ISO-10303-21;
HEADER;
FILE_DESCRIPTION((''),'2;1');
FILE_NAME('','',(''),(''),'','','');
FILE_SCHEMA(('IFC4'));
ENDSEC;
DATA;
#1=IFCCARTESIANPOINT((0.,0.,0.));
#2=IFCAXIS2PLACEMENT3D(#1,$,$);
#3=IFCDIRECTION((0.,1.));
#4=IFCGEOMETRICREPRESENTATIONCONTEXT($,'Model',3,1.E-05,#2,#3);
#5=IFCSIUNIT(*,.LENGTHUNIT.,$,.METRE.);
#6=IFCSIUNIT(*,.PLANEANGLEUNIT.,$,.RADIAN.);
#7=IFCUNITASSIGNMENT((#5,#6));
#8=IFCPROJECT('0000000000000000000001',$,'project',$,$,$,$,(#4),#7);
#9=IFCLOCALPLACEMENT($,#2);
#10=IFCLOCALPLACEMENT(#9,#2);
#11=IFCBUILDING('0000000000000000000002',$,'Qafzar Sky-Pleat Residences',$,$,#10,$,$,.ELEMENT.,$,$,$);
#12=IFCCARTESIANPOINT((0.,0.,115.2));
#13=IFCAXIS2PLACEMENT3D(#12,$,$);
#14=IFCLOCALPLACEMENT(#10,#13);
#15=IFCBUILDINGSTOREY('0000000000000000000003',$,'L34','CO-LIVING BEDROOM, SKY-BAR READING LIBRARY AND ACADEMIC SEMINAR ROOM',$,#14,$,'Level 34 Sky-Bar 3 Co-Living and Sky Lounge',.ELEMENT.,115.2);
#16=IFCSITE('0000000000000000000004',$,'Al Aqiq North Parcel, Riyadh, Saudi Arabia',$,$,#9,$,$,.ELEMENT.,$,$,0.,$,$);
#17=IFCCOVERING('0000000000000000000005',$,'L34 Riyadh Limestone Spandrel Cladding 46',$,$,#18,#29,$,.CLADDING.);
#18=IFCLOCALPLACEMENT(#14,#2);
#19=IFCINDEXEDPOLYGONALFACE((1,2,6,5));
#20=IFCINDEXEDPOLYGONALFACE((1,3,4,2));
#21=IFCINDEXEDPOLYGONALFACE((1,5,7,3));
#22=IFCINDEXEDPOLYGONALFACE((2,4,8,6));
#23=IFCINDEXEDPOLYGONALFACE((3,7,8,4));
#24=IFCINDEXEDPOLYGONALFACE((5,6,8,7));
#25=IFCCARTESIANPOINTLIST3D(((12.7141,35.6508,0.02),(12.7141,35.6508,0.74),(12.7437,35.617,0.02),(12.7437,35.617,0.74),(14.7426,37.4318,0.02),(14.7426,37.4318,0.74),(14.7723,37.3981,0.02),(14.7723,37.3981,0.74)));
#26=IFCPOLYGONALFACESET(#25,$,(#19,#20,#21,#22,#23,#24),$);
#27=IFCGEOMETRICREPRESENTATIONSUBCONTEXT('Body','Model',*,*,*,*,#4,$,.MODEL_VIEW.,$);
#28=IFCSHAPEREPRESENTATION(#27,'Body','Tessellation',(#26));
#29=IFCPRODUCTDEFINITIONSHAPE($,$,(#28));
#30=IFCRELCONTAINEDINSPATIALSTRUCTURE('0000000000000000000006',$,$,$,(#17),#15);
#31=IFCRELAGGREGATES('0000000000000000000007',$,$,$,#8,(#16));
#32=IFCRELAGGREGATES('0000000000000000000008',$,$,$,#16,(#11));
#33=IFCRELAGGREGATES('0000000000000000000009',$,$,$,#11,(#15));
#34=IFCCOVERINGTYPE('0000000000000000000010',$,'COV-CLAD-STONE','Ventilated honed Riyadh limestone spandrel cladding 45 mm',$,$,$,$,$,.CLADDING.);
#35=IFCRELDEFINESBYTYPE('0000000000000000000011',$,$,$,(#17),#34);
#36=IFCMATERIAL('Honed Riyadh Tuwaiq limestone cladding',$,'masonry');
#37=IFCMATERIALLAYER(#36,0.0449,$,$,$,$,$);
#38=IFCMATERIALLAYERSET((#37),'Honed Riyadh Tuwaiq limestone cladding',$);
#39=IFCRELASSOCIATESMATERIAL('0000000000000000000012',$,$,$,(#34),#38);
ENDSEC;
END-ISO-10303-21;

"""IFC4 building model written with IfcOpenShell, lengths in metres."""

from ifc_helpers import new_model, si_unit, direction, frame, origin, origin_2d, place, context, subcontext, project, spatial, rectangle, extrude, source, transform, mapped, material, layer, layer_set, type_object, element, save


model = new_model("IFC4")

# Units and contexts
model_context = context("Model", 3, precision=1e-05, world=origin(), true_north=direction((0.0, 1.0)))
body_context = subcontext(model_context, "Body", "Model", "MODEL_VIEW")
ifc_project = project(units=[si_unit("LENGTHUNIT", "METRE"), si_unit("PLANEANGLEUNIT", "RADIAN")], contexts=[model_context])

# Site, building, storey
site_placement = place(None, origin())
site = spatial("IfcSite", under=ifc_project, at=site_placement, Name="Al Aqiq North Parcel, Riyadh, Saudi Arabia", CompositionType="ELEMENT", RefElevation=0.0)
building_placement = place(site_placement, origin())
building = spatial("IfcBuilding", under=site, at=building_placement, Name="Qafzar Sky-Pleat Residences", CompositionType="ELEMENT")
storey_placement = place(building_placement, frame((0.0, 0.0, 115.2)))
storey = spatial("IfcBuildingStorey", under=building, at=storey_placement, Name="L34", Description="CO-LIVING BEDROOM, SKY-BAR READING LIBRARY AND ACADEMIC SEMINAR ROOM", LongName="Level 34 Sky-Bar 3 Co-Living and Sky Lounge", CompositionType="ELEMENT", Elevation=115.2)

# Covering
ifc_material_1 = material(Name="Honed Riyadh Tuwaiq limestone cladding", Category="masonry")
ifc_layer_1 = layer(ifc_material_1, 0.0449)
ifc_layer_set_1 = layer_set([ifc_layer_1], Name="Honed Riyadh Tuwaiq limestone cladding")
covering_type = type_object("IfcCoveringType", Name="COV-CLAD-STONE", Description="Ventilated honed Riyadh limestone spandrel cladding 45 mm", PredefinedType="CLADDING", material=ifc_layer_set_1)
shared_shape_1 = source(origin(), body_context, "Body", "SweptSolid", [
    extrude(rectangle(XDim=2.6995, YDim=0.0449, at=origin_2d()), origin(), (0.0, 0.0, 1.0), 0.72),
])
covering_1_placement = place(storey_placement, frame((13.7432, 36.5244, 0.02), z_axis=(0.0, 0.0, 1.0), x_axis=(-0.751462, -0.659776, 0.0)))
element("IfcCovering", 1, at=covering_1_placement, inside=storey, type_object=covering_type, Name="L34 Riyadh Limestone Spandrel Cladding 46", PredefinedType="CLADDING", context=body_context, shape_type="MappedRepresentation", body=[
    mapped(shared_shape_1, transform((0.0, 0.0, 0.0), x_axis=(1.0, 0.0, 0.0), y_axis=(0.0, 1.0, 0.0), z_axis=(0.0, 0.0, 1.0), scale=1.0)),
])

save(model, "model.ifc")
